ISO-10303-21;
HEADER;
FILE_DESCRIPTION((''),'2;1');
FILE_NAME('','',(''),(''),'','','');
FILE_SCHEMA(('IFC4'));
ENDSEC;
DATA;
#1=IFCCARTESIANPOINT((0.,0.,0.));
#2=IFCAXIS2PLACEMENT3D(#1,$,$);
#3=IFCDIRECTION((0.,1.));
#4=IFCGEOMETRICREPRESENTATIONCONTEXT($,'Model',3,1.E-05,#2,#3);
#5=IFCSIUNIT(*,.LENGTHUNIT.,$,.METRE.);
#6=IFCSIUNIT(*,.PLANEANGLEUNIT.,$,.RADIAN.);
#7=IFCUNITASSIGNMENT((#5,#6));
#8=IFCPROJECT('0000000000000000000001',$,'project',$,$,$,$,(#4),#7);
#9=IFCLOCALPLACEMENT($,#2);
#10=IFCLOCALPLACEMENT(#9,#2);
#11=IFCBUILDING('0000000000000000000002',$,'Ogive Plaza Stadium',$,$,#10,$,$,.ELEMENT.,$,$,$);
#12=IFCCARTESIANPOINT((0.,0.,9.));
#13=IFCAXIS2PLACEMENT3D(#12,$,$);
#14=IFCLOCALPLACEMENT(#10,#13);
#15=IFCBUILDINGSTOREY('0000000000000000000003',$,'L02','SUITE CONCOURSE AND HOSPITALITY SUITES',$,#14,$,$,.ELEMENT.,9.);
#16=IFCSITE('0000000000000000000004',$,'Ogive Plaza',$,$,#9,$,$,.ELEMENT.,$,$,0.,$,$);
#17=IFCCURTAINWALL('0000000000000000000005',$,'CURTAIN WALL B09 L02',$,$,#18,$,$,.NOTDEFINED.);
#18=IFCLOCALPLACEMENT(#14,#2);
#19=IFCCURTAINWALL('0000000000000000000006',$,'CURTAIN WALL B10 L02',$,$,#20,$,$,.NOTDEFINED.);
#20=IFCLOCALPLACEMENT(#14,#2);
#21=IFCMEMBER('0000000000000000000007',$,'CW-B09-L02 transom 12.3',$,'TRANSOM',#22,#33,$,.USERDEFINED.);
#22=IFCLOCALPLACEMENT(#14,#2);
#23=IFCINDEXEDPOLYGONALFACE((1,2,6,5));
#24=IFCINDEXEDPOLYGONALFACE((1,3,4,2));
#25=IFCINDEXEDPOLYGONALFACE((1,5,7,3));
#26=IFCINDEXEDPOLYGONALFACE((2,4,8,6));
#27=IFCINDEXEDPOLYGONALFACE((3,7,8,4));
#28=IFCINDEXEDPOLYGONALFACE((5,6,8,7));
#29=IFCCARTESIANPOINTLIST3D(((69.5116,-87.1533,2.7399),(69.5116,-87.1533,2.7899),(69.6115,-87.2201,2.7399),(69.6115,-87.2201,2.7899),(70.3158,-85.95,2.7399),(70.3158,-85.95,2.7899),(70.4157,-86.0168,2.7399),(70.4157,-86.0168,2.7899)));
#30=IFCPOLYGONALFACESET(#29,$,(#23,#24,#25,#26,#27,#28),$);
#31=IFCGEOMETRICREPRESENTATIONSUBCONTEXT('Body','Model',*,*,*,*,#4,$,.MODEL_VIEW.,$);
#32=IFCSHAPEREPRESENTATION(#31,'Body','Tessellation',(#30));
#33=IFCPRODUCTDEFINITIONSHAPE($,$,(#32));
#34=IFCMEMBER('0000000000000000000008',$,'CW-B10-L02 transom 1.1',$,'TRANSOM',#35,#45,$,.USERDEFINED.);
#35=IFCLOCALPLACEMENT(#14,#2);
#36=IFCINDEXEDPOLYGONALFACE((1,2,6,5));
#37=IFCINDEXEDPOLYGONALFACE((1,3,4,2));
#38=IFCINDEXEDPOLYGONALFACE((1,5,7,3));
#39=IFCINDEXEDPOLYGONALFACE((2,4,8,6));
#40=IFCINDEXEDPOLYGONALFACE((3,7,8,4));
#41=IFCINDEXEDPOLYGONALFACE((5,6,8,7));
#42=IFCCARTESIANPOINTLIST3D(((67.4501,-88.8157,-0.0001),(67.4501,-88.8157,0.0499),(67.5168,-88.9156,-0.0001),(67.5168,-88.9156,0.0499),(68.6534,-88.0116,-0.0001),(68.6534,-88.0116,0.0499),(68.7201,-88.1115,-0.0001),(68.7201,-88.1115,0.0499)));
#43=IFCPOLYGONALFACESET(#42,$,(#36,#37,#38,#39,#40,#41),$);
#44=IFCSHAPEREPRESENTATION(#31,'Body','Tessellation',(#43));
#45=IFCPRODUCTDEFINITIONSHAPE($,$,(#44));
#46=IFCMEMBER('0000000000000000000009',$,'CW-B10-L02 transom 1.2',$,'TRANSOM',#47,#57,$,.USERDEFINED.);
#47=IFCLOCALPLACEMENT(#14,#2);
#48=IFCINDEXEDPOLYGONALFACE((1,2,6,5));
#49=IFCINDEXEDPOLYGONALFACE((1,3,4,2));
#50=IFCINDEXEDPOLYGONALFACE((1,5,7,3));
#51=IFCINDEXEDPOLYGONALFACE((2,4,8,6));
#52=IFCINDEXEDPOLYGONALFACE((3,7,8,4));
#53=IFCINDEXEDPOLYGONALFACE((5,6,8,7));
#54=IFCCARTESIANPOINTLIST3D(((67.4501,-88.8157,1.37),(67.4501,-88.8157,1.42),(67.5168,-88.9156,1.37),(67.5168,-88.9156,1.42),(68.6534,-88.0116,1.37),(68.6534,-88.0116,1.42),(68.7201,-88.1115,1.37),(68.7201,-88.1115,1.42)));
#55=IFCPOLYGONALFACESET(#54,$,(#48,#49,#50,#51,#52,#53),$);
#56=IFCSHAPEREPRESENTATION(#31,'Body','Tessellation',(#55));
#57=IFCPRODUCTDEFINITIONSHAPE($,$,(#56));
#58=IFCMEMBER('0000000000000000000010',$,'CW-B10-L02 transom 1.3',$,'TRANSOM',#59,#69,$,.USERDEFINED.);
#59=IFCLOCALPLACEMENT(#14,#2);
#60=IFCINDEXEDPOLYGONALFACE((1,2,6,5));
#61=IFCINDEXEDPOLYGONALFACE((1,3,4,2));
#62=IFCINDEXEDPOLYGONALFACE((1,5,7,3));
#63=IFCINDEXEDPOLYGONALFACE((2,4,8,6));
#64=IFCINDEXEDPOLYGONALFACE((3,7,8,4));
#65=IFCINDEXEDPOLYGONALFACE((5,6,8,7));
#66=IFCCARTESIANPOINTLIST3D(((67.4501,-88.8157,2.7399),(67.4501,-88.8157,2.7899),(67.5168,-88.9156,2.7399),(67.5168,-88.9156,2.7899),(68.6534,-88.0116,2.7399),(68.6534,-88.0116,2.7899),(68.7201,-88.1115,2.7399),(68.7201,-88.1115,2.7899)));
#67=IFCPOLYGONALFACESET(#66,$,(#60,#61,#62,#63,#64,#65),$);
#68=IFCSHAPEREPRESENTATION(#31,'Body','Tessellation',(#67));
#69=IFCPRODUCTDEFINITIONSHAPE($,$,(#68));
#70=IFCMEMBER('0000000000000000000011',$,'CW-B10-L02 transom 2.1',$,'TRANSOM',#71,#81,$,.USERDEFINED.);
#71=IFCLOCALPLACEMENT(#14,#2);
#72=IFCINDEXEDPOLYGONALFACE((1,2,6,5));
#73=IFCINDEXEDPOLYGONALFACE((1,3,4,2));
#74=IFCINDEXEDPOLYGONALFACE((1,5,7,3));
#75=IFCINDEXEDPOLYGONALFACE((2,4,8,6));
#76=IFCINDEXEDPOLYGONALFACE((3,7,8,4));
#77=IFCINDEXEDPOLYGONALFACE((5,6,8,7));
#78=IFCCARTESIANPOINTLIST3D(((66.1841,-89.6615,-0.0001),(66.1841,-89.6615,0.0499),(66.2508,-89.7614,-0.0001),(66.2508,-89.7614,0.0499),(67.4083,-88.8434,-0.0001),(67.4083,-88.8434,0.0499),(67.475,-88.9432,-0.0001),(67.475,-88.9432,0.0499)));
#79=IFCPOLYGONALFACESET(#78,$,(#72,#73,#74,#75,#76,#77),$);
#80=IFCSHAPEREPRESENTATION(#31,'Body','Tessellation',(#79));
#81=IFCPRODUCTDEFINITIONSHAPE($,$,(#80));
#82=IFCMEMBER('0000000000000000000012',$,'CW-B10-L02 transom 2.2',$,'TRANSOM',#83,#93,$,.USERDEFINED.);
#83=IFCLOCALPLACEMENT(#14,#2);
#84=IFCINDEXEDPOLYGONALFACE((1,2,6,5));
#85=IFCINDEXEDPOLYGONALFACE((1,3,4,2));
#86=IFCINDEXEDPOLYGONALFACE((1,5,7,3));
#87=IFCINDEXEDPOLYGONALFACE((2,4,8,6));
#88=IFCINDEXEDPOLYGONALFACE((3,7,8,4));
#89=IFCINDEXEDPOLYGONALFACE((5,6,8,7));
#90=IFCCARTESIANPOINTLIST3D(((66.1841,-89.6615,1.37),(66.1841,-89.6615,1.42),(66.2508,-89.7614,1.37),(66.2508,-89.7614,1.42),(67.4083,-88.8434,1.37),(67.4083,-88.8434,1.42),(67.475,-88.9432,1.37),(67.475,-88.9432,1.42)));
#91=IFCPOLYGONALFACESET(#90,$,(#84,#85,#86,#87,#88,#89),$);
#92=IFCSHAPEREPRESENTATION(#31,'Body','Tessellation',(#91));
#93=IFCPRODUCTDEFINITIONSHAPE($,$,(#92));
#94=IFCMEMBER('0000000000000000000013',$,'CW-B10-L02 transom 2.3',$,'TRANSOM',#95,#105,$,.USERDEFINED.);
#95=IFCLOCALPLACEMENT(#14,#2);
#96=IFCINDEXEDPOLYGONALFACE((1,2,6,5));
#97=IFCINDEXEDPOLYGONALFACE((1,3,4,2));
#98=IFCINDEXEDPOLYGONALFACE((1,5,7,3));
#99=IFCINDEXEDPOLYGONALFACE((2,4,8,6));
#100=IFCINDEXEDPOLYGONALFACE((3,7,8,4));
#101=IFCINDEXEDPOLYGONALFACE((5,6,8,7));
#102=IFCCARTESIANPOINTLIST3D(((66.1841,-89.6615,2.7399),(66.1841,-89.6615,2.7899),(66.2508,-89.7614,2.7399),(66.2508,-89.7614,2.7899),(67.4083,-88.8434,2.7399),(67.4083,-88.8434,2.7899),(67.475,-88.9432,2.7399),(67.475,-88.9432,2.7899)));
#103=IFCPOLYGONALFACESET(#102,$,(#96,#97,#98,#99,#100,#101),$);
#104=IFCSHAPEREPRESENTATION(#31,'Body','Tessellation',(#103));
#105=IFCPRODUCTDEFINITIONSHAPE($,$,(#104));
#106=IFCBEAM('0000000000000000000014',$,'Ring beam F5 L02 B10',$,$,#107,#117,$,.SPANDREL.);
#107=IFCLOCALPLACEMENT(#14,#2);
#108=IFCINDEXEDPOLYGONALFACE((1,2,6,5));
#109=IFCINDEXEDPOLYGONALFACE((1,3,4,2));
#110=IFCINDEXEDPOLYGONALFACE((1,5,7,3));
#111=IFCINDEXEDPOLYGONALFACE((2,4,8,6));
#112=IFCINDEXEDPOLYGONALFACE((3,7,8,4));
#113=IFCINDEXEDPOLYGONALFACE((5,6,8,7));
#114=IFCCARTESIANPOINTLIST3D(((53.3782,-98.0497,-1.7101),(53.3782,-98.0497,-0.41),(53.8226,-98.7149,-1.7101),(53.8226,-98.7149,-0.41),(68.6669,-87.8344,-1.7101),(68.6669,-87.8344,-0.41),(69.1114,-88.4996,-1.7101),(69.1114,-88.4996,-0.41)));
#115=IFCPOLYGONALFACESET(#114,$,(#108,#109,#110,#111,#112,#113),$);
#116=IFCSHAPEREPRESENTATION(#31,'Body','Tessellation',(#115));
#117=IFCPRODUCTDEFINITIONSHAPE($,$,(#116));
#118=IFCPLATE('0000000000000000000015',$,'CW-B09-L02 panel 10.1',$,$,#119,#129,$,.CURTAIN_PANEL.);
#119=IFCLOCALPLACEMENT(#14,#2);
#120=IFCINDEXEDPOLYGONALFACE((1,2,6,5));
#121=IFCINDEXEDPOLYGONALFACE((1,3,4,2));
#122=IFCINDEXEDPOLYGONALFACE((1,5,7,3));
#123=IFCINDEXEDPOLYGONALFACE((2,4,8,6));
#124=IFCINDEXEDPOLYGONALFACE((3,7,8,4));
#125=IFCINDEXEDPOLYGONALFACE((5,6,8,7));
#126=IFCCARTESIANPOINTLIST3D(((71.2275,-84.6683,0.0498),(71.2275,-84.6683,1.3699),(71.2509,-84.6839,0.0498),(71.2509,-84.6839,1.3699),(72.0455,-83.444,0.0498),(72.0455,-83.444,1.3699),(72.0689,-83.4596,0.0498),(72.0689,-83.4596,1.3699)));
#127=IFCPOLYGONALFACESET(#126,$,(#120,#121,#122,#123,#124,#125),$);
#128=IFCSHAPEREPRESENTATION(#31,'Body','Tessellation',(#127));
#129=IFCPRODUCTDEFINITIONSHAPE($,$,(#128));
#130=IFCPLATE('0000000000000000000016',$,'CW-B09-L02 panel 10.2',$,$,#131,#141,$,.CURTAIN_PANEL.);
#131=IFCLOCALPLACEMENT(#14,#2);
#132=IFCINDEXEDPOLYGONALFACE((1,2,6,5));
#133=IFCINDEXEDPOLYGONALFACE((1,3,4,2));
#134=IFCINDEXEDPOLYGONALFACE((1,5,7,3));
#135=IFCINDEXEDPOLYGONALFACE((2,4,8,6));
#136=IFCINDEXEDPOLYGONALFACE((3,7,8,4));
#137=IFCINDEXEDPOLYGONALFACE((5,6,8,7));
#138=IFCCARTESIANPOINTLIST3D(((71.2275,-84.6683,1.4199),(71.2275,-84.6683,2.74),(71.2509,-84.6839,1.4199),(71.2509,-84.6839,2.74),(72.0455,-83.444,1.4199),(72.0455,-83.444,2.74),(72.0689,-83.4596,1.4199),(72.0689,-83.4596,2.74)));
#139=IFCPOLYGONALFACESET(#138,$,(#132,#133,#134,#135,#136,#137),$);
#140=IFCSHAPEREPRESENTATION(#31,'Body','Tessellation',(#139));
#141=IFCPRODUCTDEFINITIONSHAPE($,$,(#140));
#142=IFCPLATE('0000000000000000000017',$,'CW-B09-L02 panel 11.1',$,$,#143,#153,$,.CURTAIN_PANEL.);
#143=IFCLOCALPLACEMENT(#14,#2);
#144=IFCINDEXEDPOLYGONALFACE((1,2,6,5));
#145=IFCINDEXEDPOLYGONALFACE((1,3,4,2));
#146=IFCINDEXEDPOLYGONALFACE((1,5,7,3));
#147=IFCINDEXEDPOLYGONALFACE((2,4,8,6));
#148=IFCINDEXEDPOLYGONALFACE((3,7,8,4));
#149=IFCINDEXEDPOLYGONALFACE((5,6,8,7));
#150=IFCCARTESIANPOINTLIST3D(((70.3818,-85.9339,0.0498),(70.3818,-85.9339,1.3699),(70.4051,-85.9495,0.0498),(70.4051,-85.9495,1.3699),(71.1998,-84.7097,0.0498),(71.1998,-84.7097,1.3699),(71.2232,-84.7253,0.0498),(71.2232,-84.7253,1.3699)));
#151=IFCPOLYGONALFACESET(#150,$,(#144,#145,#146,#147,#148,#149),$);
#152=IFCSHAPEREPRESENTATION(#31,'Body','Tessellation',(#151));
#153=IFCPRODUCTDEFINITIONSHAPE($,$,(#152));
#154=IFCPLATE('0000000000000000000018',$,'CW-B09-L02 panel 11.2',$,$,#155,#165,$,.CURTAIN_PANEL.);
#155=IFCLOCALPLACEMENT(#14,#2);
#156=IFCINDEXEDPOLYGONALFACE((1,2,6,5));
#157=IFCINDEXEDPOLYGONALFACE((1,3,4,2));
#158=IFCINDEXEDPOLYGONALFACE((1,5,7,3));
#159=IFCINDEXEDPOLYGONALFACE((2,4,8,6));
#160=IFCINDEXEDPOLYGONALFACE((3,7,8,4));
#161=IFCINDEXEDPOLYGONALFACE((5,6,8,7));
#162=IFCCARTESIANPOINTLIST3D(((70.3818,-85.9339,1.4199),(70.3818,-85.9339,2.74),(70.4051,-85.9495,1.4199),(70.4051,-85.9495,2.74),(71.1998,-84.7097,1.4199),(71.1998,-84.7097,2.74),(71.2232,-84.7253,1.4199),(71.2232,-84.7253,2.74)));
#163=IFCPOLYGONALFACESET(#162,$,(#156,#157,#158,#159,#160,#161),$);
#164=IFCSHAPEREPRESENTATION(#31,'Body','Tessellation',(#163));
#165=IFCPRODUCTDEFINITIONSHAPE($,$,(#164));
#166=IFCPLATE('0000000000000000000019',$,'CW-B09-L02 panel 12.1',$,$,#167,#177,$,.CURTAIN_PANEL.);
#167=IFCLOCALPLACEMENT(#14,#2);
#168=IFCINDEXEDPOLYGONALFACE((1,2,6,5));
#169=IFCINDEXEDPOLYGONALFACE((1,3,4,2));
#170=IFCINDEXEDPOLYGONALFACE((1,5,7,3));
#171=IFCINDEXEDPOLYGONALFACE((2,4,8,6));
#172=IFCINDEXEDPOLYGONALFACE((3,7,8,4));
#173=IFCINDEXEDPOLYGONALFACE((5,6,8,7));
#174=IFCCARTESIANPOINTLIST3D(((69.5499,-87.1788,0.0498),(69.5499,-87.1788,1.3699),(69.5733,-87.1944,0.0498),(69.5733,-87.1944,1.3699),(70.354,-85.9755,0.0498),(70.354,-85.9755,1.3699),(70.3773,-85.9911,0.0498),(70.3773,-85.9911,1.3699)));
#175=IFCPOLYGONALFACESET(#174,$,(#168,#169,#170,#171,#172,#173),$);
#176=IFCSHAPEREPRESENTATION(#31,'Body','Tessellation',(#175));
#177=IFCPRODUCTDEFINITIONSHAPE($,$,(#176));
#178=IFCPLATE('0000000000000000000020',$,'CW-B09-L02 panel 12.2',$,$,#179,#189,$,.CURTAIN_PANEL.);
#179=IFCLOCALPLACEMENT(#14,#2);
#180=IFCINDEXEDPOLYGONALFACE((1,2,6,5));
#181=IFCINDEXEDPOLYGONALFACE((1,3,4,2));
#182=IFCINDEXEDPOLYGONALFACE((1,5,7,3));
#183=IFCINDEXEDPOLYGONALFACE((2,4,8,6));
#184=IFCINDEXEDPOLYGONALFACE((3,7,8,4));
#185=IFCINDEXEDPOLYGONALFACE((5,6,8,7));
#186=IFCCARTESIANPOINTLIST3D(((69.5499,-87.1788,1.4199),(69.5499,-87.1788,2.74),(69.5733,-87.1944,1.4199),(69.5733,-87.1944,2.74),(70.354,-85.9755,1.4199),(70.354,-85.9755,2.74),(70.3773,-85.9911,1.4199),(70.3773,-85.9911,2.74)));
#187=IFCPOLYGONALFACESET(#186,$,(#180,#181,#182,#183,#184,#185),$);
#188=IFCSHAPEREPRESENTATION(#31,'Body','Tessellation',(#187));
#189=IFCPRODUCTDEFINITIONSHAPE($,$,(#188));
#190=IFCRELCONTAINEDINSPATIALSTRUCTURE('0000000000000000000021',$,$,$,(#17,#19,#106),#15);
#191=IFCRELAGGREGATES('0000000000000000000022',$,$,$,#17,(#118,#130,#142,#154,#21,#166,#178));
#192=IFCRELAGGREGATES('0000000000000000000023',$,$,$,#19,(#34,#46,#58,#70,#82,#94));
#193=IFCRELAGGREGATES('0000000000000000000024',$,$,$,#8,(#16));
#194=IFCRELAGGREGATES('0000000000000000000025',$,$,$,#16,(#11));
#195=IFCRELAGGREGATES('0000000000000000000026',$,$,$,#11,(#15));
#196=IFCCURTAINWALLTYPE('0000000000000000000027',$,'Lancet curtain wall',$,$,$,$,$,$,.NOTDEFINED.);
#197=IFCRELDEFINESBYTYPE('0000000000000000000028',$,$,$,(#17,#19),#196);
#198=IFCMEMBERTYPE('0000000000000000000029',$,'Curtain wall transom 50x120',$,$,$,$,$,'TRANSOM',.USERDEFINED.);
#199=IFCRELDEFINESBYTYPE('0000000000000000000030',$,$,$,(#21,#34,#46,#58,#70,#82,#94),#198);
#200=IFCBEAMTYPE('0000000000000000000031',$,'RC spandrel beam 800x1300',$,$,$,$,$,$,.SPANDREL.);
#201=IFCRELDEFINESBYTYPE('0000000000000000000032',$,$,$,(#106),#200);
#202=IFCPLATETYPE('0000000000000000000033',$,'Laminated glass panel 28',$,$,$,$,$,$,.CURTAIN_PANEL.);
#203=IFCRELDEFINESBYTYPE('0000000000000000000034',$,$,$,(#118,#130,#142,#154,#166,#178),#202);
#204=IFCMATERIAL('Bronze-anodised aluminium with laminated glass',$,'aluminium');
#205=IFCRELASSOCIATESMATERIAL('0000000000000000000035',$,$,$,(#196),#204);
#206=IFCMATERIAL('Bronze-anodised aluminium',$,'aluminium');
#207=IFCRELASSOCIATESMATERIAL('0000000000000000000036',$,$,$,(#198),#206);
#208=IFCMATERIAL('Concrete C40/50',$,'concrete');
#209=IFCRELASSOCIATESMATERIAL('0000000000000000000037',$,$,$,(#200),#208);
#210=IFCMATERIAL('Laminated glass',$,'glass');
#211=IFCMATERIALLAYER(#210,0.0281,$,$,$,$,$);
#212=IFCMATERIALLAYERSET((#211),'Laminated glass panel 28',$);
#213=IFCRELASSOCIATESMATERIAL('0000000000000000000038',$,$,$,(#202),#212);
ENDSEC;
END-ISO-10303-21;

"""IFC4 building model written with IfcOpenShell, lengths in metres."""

from ifc_helpers import new_model, si_unit, direction, frame, origin, origin_2d, place, context, subcontext, project, spatial, rectangle, extrude, material, layer, layer_set, material_profile, profile_set, type_object, element, aggregate, save


model = new_model("IFC4")

# Units and contexts
model_context = context("Model", 3, precision=1e-05, world=origin(), true_north=direction((0.0, 1.0)))
body_context = subcontext(model_context, "Body", "Model", "MODEL_VIEW")
ifc_project = project(units=[si_unit("LENGTHUNIT", "METRE"), si_unit("PLANEANGLEUNIT", "RADIAN")], contexts=[model_context])

# Site, building, storey
site_placement = place(None, origin())
site = spatial("IfcSite", under=ifc_project, at=site_placement, Name="Ogive Plaza", CompositionType="ELEMENT", RefElevation=0.0)
building_placement = place(site_placement, origin())
building = spatial("IfcBuilding", under=site, at=building_placement, Name="Ogive Plaza Stadium", CompositionType="ELEMENT")
storey_placement = place(building_placement, frame((0.0, 0.0, 9.0)))
storey = spatial("IfcBuildingStorey", under=building, at=storey_placement, Name="L02", Description="SUITE CONCOURSE AND HOSPITALITY SUITES", CompositionType="ELEMENT", Elevation=9.0)

# Curtain walls
ifc_material_1 = material(Name="Bronze-anodised aluminium with laminated glass", Category="aluminium")
curtain_wall_type = type_object("IfcCurtainWallType", Name="Lancet curtain wall", PredefinedType="NOTDEFINED", material=ifc_material_1)
curtain_wall_1_placement = place(storey_placement, origin())
curtain_wall_1 = element("IfcCurtainWall", 1, at=curtain_wall_1_placement, inside=storey, type_object=curtain_wall_type, Name="CURTAIN WALL B09 L02", PredefinedType="NOTDEFINED")
curtain_wall_2_placement = place(storey_placement, origin())
curtain_wall_2 = element("IfcCurtainWall", 2, at=curtain_wall_2_placement, inside=storey, type_object=curtain_wall_type, Name="CURTAIN WALL B10 L02", PredefinedType="NOTDEFINED")

# Members
ifc_material_2 = material(Name="Bronze-anodised aluminium", Category="aluminium")
ifc_material_profile_1 = material_profile(ifc_material_2, rectangle(XDim=0.1201, YDim=0.05, at=origin_2d()), Name="AL 120x50")
ifc_profile_set_1 = profile_set([ifc_material_profile_1], Name="Bronze-anodised aluminium")
member_type_1 = type_object("IfcMemberType", Name="Curtain wall transom 50x120", ElementType="TRANSOM", PredefinedType="USERDEFINED", material=ifc_profile_set_1)
member_1_placement = place(storey_placement, frame((70.3657, -85.9834, 2.7649), z_axis=(-0.555634, -0.831427, 0.0), x_axis=(0.831427, -0.555634, 0.0)))
member_1 = element("IfcMember", 3, at=member_1_placement, type_object=member_type_1, Name="CW-B09-L02 transom 12.3", ObjectType="TRANSOM", PredefinedType="USERDEFINED", context=body_context, shape_type="SweptSolid", body=[
    extrude(rectangle(XDim=0.1201, YDim=0.05, at=origin_2d()), origin(), (0.0, 0.0, 1.0), 1.4473),
])
member_2_placement = place(storey_placement, frame((68.6868, -88.0615, 0.0249), z_axis=(-0.831427, -0.555634, 0.0), x_axis=(0.555634, -0.831427, 0.0)))
member_2 = element("IfcMember", 4, at=member_2_placement, type_object=member_type_1, Name="CW-B10-L02 transom 1.1", ObjectType="TRANSOM", PredefinedType="USERDEFINED", context=body_context, shape_type="SweptSolid", body=[
    extrude(rectangle(XDim=0.1201, YDim=0.05, at=origin_2d()), origin(), (0.0, 0.0, 1.0), 1.4473),
])
member_3_placement = place(storey_placement, frame((68.6868, -88.0615, 1.395), z_axis=(-0.831427, -0.555634, 0.0), x_axis=(0.555634, -0.831427, 0.0)))
member_3 = element("IfcMember", 5, at=member_3_placement, type_object=member_type_1, Name="CW-B10-L02 transom 1.2", ObjectType="TRANSOM", PredefinedType="USERDEFINED", context=body_context, shape_type="SweptSolid", body=[
    extrude(rectangle(XDim=0.1201, YDim=0.05, at=origin_2d()), origin(), (0.0, 0.0, 1.0), 1.4473),
])
member_4_placement = place(storey_placement, frame((68.6868, -88.0615, 2.7649), z_axis=(-0.831427, -0.555634, 0.0), x_axis=(0.555634, -0.831427, 0.0)))
member_4 = element("IfcMember", 6, at=member_4_placement, type_object=member_type_1, Name="CW-B10-L02 transom 1.3", ObjectType="TRANSOM", PredefinedType="USERDEFINED", context=body_context, shape_type="SweptSolid", body=[
    extrude(rectangle(XDim=0.1201, YDim=0.05, at=origin_2d()), origin(), (0.0, 0.0, 1.0), 1.4473),
])
member_5_placement = place(storey_placement, frame((67.4417, -88.8933, 0.0249), z_axis=(-0.831412, -0.555656, 0.0), x_axis=(0.555656, -0.831412, 0.0)))
member_5 = element("IfcMember", 7, at=member_5_placement, type_object=member_type_1, Name="CW-B10-L02 transom 2.1", ObjectType="TRANSOM", PredefinedType="USERDEFINED", context=body_context, shape_type="SweptSolid", body=[
    extrude(rectangle(XDim=0.1201, YDim=0.05, at=origin_2d()), origin(), (0.0, 0.0, 1.0), 1.4724),
])
member_6_placement = place(storey_placement, frame((67.4417, -88.8933, 1.395), z_axis=(-0.831412, -0.555656, 0.0), x_axis=(0.555656, -0.831412, 0.0)))
member_6 = element("IfcMember", 8, at=member_6_placement, type_object=member_type_1, Name="CW-B10-L02 transom 2.2", ObjectType="TRANSOM", PredefinedType="USERDEFINED", context=body_context, shape_type="SweptSolid", body=[
    extrude(rectangle(XDim=0.1201, YDim=0.05, at=origin_2d()), origin(), (0.0, 0.0, 1.0), 1.4724),
])
member_7_placement = place(storey_placement, frame((67.4417, -88.8933, 2.7649), z_axis=(-0.831412, -0.555656, 0.0), x_axis=(0.555656, -0.831412, 0.0)))
member_7 = element("IfcMember", 9, at=member_7_placement, type_object=member_type_1, Name="CW-B10-L02 transom 2.3", ObjectType="TRANSOM", PredefinedType="USERDEFINED", context=body_context, shape_type="SweptSolid", body=[
    extrude(rectangle(XDim=0.1201, YDim=0.05, at=origin_2d()), origin(), (0.0, 0.0, 1.0), 1.4724),
])

# Beam
ifc_material_3 = material(Name="Concrete C40/50", Category="concrete")
ifc_material_profile_2 = material_profile(ifc_material_3, rectangle(XDim=0.8, YDim=1.3, at=origin_2d()), Name="RC 800x1300")
ifc_profile_set_2 = profile_set([ifc_material_profile_2], Name="Concrete C40/50")
beam_type = type_object("IfcBeamType", Name="RC spandrel beam 800x1300", PredefinedType="SPANDREL", material=ifc_profile_set_2)
beam_placement = place(storey_placement, frame((68.8892, -88.167, -1.0601), z_axis=(-0.831478, -0.555558, 0.0), x_axis=(0.555558, -0.831478, 0.0)))
element("IfcBeam", 10, at=beam_placement, inside=storey, type_object=beam_type, Name="Ring beam F5 L02 B10", PredefinedType="SPANDREL", context=body_context, shape_type="SweptSolid", body=[
    extrude(rectangle(XDim=0.8, YDim=1.3, at=origin_2d()), origin(), (0.0, 0.0, 1.0), 18.3875),
])

# Plates
ifc_material_4 = material(Name="Laminated glass", Category="glass")
ifc_layer = layer(ifc_material_4, 0.0281)
ifc_layer_set = layer_set([ifc_layer], Name="Laminated glass panel 28")
plate_type = type_object("IfcPlateType", Name="Laminated glass panel 28", PredefinedType="CURTAIN_PANEL", material=ifc_layer_set)
plate_1_placement = place(storey_placement, frame((71.6482, -84.064, 0.0498), z_axis=(0.0, 0.0, 1.0), x_axis=(-0.55557, -0.83147, 0.0)))
plate_1 = element("IfcPlate", 11, at=plate_1_placement, type_object=plate_type, Name="CW-B09-L02 panel 10.1", PredefinedType="CURTAIN_PANEL", context=body_context, shape_type="SweptSolid", body=[
    extrude(rectangle(XDim=1.4724, YDim=0.0281, at=origin_2d()), origin(), (0.0, 0.0, 1.0), 1.3201),
])
plate_2_placement = place(storey_placement, frame((71.6482, -84.064, 1.4199), z_axis=(0.0, 0.0, 1.0), x_axis=(-0.55557, -0.83147, 0.0)))
plate_2 = element("IfcPlate", 12, at=plate_2_placement, type_object=plate_type, Name="CW-B09-L02 panel 10.2", PredefinedType="CURTAIN_PANEL", context=body_context, shape_type="SweptSolid", body=[
    extrude(rectangle(XDim=1.4724, YDim=0.0281, at=origin_2d()), origin(), (0.0, 0.0, 1.0), 1.3201),
])
plate_3_placement = place(storey_placement, frame((70.8025, -85.3296, 0.0498), z_axis=(0.0, 0.0, 1.0), x_axis=(-0.55557, -0.83147, 0.0)))
plate_3 = element("IfcPlate", 13, at=plate_3_placement, type_object=plate_type, Name="CW-B09-L02 panel 11.1", PredefinedType="CURTAIN_PANEL", context=body_context, shape_type="SweptSolid", body=[
    extrude(rectangle(XDim=1.4724, YDim=0.0281, at=origin_2d()), origin(), (0.0, 0.0, 1.0), 1.3201),
])
plate_4_placement = place(storey_placement, frame((70.8025, -85.3296, 1.4199), z_axis=(0.0, 0.0, 1.0), x_axis=(-0.55557, -0.83147, 0.0)))
plate_4 = element("IfcPlate", 14, at=plate_4_placement, type_object=plate_type, Name="CW-B09-L02 panel 11.2", PredefinedType="CURTAIN_PANEL", context=body_context, shape_type="SweptSolid", body=[
    extrude(rectangle(XDim=1.4724, YDim=0.0281, at=origin_2d()), origin(), (0.0, 0.0, 1.0), 1.3201),
])
plate_5_placement = place(storey_placement, frame((69.9636, -86.585, 0.0498), z_axis=(0.0, 0.0, 1.0), x_axis=(-0.55557, -0.83147, 0.0)))
plate_5 = element("IfcPlate", 15, at=plate_5_placement, type_object=plate_type, Name="CW-B09-L02 panel 12.1", PredefinedType="CURTAIN_PANEL", context=body_context, shape_type="SweptSolid", body=[
    extrude(rectangle(XDim=1.4473, YDim=0.0281, at=origin_2d()), origin(), (0.0, 0.0, 1.0), 1.3201),
])
plate_6_placement = place(storey_placement, frame((69.9636, -86.585, 1.4199), z_axis=(0.0, 0.0, 1.0), x_axis=(-0.55557, -0.83147, 0.0)))
plate_6 = element("IfcPlate", 16, at=plate_6_placement, type_object=plate_type, Name="CW-B09-L02 panel 12.2", PredefinedType="CURTAIN_PANEL", context=body_context, shape_type="SweptSolid", body=[
    extrude(rectangle(XDim=1.4473, YDim=0.0281, at=origin_2d()), origin(), (0.0, 0.0, 1.0), 1.3201),
])
aggregate(curtain_wall_1, [plate_1, plate_2, plate_3, plate_4, member_1, plate_5, plate_6])
aggregate(curtain_wall_2, [member_2, member_3, member_4, member_5, member_6, member_7])

save(model, "model.ifc")
